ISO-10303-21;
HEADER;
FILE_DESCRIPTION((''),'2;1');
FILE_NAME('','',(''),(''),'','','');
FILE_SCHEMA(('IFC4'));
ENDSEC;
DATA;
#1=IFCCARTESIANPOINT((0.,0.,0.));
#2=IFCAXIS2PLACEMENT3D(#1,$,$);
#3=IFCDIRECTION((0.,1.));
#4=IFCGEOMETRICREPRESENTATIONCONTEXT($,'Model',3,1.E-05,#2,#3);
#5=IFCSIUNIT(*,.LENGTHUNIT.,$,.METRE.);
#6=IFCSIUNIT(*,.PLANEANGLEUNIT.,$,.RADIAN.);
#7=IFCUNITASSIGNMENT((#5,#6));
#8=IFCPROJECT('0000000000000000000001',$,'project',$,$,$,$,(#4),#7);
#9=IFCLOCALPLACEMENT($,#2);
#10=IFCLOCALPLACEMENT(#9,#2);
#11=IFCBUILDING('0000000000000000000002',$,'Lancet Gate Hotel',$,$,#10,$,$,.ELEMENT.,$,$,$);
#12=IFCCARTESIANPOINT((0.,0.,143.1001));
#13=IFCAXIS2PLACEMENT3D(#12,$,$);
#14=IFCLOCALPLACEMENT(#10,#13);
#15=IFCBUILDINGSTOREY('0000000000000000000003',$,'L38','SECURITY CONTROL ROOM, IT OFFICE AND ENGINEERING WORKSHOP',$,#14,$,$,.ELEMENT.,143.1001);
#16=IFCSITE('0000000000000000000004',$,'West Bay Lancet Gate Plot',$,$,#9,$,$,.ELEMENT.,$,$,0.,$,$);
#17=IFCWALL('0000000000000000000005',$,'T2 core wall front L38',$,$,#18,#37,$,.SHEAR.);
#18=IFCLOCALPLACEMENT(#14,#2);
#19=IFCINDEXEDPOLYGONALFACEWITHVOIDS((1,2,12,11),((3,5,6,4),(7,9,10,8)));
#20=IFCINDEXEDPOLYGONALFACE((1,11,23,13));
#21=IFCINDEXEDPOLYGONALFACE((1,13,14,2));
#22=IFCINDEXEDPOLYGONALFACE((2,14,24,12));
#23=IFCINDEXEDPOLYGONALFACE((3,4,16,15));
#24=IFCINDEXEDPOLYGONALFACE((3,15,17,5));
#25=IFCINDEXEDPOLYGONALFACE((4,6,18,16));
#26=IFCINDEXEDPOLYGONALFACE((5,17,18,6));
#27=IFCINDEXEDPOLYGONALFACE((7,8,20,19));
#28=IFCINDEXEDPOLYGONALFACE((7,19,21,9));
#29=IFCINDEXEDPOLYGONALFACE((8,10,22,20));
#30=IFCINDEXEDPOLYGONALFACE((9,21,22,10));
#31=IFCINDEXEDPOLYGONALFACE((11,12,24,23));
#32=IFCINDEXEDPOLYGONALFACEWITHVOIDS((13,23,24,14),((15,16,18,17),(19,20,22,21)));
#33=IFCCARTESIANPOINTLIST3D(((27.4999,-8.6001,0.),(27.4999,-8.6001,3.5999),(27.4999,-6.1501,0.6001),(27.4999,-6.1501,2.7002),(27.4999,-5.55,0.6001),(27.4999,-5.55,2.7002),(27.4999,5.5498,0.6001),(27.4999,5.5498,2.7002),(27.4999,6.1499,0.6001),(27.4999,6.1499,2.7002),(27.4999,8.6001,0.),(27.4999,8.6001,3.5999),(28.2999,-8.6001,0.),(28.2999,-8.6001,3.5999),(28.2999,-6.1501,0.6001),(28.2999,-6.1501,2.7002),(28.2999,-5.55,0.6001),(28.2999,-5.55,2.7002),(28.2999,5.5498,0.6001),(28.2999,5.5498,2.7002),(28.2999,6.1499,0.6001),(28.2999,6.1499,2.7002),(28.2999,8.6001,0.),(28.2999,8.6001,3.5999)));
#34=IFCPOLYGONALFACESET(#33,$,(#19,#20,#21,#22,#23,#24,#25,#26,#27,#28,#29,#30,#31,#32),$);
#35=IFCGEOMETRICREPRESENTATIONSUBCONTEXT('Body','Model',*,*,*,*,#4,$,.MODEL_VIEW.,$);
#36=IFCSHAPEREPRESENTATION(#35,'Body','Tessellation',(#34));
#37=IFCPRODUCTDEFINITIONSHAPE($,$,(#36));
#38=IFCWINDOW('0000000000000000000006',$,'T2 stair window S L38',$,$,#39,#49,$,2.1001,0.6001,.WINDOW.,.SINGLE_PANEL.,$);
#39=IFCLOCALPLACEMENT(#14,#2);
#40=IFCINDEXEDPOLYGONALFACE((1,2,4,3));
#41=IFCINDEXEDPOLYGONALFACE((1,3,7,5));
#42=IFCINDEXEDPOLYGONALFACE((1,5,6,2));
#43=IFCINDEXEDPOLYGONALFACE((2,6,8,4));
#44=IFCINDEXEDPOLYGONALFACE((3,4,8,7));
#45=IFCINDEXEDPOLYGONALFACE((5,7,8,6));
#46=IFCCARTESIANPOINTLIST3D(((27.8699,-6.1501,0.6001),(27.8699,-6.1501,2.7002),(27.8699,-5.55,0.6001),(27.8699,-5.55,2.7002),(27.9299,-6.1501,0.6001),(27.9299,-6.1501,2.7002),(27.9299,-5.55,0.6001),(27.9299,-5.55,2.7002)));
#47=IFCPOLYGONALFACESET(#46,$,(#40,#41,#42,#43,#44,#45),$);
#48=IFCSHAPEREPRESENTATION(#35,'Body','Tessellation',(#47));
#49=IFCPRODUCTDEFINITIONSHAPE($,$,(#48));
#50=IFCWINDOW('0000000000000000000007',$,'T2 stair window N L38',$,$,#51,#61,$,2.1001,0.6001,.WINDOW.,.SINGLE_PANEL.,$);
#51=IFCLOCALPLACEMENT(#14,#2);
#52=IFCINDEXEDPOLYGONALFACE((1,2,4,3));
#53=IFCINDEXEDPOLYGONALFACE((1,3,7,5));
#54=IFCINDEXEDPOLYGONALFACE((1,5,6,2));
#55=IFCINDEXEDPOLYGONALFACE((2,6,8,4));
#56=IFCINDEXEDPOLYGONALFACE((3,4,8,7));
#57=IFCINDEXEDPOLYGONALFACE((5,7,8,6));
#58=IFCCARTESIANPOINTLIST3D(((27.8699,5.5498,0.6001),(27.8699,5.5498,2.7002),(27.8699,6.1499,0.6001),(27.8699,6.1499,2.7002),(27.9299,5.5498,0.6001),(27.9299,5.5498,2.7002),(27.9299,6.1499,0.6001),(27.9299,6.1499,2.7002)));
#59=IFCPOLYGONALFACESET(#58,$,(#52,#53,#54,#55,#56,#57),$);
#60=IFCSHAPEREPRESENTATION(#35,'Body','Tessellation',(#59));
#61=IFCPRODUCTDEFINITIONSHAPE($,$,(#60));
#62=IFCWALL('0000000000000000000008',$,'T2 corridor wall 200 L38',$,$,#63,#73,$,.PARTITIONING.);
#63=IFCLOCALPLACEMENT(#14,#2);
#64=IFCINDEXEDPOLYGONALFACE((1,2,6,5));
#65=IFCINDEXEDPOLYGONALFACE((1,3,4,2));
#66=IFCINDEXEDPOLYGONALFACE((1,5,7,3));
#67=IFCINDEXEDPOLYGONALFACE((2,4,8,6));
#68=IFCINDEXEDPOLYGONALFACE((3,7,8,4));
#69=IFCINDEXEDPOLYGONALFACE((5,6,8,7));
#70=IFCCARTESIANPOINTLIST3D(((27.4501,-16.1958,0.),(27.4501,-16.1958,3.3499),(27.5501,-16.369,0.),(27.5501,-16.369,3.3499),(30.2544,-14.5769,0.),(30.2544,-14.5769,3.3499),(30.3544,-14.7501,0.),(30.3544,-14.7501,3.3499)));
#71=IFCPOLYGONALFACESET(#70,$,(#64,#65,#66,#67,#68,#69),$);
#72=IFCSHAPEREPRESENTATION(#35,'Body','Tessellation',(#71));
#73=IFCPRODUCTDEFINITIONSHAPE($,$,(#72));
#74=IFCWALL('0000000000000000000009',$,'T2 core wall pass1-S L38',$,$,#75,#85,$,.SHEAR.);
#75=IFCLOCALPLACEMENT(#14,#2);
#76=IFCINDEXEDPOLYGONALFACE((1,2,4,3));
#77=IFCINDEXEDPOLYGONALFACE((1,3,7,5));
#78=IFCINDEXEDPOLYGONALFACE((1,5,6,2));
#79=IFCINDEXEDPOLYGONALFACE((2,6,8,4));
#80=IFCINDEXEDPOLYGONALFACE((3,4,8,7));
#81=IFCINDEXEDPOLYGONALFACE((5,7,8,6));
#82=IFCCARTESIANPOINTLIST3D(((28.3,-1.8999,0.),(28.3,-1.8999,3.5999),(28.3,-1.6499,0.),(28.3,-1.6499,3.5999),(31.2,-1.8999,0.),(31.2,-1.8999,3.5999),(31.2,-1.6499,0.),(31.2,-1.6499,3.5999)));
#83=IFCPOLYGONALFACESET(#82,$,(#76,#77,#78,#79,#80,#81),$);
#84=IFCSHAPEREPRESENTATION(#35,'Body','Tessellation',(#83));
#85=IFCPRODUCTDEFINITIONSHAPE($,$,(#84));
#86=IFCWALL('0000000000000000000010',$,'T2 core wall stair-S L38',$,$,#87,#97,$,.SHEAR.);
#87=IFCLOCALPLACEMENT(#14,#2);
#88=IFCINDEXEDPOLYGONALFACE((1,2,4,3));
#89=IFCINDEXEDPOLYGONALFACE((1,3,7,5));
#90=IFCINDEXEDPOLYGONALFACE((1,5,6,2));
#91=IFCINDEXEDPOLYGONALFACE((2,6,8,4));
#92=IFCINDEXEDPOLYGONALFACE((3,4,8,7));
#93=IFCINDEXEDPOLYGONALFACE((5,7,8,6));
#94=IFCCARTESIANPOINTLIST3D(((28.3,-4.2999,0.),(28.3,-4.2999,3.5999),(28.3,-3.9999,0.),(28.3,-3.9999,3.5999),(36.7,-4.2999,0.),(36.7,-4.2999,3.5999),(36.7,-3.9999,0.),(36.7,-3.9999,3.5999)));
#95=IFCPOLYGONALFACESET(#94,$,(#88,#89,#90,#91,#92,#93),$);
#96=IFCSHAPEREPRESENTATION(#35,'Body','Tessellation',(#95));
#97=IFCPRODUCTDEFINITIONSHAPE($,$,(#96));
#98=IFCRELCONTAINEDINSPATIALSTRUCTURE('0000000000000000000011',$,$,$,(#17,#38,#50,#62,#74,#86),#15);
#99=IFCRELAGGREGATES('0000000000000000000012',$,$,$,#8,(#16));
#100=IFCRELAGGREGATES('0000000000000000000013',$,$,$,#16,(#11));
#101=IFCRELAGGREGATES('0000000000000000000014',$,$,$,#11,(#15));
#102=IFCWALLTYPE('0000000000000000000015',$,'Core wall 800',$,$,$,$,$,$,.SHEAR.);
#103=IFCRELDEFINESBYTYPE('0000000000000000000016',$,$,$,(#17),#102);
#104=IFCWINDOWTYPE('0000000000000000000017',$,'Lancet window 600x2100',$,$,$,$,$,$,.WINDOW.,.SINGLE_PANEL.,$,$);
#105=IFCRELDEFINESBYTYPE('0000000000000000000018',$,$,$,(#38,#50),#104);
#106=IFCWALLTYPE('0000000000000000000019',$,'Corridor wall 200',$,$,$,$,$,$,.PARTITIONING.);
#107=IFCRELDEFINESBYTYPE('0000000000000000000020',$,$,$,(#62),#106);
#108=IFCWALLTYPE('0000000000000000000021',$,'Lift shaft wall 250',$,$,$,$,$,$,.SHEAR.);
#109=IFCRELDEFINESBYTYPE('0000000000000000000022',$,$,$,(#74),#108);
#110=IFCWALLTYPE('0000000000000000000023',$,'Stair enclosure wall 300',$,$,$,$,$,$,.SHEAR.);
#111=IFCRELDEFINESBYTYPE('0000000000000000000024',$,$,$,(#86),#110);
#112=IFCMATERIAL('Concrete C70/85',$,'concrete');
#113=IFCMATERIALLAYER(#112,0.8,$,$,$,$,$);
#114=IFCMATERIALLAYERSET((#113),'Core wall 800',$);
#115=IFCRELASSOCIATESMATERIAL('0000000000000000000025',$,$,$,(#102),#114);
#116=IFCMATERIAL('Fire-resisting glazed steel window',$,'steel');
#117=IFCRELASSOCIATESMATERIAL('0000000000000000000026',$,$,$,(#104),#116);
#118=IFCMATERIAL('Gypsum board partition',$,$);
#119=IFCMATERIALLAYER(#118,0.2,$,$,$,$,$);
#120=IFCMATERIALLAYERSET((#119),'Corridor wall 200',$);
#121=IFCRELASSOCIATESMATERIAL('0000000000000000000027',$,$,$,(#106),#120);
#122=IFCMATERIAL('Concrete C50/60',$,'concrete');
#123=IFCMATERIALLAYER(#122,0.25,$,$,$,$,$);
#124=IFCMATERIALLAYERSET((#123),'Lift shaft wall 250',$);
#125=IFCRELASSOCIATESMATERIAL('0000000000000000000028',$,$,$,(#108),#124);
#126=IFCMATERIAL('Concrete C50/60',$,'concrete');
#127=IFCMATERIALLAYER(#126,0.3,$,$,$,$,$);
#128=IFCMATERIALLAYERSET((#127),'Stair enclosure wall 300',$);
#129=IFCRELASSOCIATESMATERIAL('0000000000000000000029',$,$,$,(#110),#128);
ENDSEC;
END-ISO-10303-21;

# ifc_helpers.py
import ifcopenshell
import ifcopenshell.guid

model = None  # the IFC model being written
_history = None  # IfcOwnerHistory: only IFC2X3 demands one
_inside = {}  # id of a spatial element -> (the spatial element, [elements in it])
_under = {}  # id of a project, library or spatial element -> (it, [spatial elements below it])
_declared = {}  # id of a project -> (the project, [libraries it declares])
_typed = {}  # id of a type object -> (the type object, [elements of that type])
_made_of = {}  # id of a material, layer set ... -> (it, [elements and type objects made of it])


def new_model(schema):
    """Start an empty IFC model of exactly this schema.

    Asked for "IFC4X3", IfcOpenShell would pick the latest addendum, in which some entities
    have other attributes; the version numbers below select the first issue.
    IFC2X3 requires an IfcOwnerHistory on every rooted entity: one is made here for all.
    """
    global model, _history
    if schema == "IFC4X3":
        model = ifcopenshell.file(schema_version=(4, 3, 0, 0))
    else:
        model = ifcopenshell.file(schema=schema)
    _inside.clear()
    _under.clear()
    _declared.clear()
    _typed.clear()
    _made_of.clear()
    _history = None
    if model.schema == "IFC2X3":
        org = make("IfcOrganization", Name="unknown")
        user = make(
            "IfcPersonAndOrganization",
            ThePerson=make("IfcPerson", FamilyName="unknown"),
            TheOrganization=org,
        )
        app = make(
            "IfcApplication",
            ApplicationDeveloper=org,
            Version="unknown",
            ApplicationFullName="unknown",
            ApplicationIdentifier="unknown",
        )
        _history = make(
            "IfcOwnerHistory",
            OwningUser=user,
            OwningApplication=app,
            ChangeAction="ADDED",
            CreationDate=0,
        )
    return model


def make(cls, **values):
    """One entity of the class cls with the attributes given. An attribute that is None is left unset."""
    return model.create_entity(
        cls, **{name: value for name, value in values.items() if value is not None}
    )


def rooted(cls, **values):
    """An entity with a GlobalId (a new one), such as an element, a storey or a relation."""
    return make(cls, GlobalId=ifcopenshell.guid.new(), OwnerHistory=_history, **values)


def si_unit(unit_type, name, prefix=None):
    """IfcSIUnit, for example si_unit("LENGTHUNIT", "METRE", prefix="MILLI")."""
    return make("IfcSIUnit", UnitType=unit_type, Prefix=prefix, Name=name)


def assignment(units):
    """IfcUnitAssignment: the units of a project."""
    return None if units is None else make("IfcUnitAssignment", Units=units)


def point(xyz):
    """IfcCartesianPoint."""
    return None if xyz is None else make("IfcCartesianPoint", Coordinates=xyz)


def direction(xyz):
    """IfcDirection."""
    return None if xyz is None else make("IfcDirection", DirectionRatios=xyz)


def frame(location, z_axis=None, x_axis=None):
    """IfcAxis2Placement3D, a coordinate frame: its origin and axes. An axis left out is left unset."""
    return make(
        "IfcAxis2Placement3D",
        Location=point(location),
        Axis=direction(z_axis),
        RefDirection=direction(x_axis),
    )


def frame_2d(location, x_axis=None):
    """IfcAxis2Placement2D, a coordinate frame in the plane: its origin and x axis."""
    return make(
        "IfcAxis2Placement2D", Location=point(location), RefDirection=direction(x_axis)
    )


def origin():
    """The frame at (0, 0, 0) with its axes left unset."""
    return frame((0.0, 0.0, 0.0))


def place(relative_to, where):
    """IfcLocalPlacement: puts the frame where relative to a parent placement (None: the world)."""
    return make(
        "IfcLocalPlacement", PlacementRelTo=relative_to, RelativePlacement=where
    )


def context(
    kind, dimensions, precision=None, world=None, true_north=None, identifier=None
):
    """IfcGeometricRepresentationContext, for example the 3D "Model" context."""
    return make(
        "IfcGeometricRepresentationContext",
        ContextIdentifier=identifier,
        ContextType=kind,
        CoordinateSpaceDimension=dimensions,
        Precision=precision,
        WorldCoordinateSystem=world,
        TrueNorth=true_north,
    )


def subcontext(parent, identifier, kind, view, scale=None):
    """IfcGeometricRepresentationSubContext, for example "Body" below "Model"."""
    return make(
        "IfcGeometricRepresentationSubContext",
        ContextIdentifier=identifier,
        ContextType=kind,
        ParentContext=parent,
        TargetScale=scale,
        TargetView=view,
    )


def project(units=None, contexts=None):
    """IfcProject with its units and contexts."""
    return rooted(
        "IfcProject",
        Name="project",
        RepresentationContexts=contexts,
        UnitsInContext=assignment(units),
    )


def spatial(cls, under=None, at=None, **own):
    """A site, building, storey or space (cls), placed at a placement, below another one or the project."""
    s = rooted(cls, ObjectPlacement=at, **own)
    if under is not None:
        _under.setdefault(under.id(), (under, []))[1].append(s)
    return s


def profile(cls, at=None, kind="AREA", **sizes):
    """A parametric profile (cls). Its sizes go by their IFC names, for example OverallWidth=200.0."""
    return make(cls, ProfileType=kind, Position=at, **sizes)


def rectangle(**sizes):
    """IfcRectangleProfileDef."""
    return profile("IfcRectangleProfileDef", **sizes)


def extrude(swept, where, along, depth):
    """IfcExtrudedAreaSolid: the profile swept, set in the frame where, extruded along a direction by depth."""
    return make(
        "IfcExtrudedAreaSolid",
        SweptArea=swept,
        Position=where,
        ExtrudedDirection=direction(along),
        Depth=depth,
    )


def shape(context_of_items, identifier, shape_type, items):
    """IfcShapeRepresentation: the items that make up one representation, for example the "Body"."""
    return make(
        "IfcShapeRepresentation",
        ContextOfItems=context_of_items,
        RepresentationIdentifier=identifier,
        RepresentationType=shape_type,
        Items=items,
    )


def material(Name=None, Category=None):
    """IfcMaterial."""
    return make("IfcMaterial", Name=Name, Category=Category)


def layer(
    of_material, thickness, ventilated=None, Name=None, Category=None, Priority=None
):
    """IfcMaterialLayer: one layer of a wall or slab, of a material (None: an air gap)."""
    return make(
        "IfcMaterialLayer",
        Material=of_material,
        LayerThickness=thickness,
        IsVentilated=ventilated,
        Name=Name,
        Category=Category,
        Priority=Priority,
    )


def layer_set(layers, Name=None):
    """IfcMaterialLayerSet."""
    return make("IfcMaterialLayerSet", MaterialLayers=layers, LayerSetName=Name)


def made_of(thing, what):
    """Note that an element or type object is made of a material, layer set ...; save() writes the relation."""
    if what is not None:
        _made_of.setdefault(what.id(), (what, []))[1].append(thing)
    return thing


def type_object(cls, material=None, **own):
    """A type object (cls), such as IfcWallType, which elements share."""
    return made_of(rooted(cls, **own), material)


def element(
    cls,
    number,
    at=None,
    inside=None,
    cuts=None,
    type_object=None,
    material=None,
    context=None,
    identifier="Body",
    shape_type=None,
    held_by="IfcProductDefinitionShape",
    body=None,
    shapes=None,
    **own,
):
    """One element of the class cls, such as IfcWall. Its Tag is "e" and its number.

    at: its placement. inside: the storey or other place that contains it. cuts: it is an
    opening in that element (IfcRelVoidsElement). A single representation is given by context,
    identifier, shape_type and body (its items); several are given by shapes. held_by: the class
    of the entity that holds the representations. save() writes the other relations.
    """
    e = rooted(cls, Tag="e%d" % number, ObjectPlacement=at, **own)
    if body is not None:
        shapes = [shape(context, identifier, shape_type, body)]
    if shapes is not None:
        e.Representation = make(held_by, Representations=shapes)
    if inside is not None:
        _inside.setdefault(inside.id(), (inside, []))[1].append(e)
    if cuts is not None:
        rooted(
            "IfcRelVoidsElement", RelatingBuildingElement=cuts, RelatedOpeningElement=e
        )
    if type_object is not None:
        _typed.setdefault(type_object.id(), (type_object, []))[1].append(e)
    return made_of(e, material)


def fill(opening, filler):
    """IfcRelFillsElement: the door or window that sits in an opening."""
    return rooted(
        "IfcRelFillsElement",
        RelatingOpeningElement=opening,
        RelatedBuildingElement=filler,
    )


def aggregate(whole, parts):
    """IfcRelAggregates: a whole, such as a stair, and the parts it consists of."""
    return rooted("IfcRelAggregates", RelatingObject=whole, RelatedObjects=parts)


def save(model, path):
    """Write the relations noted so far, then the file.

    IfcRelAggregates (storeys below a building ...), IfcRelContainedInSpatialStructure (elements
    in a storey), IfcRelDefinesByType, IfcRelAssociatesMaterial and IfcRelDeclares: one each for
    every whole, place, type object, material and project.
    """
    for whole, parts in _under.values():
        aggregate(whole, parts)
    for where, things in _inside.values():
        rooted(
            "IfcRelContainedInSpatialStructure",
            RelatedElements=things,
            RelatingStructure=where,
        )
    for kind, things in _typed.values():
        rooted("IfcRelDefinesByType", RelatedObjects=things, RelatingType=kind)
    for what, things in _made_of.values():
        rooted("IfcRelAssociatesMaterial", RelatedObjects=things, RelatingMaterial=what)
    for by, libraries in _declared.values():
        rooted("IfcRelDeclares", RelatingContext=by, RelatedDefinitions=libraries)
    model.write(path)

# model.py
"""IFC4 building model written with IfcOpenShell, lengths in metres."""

from ifc_helpers import new_model, si_unit, direction, frame, frame_2d, origin, place, context, subcontext, project, spatial, rectangle, extrude, material, layer, layer_set, type_object, element, fill, save


model = new_model("IFC4")

# Units and contexts
model_context = context("Model", 3, precision=1e-05, world=origin(), true_north=direction((0.0, 1.0)))
body_context = subcontext(model_context, "Body", "Model", "MODEL_VIEW")
ifc_project = project(units=[si_unit("LENGTHUNIT", "METRE"), si_unit("PLANEANGLEUNIT", "RADIAN")], contexts=[model_context])

# Site, building, storey
site_placement = place(None, origin())
site = spatial("IfcSite", under=ifc_project, at=site_placement, Name="West Bay Lancet Gate Plot", CompositionType="ELEMENT", RefElevation=0.0)
building_placement = place(site_placement, origin())
building = spatial("IfcBuilding", under=site, at=building_placement, Name="Lancet Gate Hotel", CompositionType="ELEMENT")
storey_placement = place(building_placement, frame((0.0, 0.0, 143.1001)))
storey = spatial("IfcBuildingStorey", under=building, at=storey_placement, Name="L38", Description="SECURITY CONTROL ROOM, IT OFFICE AND ENGINEERING WORKSHOP", CompositionType="ELEMENT", Elevation=143.1001)

# Wall, openings, windows
ifc_material_1 = material(Name="Concrete C70/85", Category="concrete")
ifc_layer_1 = layer(ifc_material_1, 0.8)
ifc_layer_set_1 = layer_set([ifc_layer_1], Name="Core wall 800")
wall_type_1 = type_object("IfcWallType", Name="Core wall 800", PredefinedType="SHEAR", material=ifc_layer_set_1)
wall_1_placement = place(storey_placement, frame((27.8999, -8.6001, 0.0), z_axis=(0.0, 0.0, 1.0), x_axis=(0.0, 1.0, 0.0)))
wall_1 = element("IfcWall", 1, at=wall_1_placement, inside=storey, type_object=wall_type_1, Name="T2 core wall front L38", PredefinedType="SHEAR", context=body_context, shape_type="SweptSolid", body=[
    extrude(rectangle(XDim=17.2002, YDim=0.8, at=frame_2d((8.6001, 0.0))), origin(), (0.0, 0.0, 1.0), 3.5999),
])
opening_1_placement = place(wall_1_placement, frame((2.45, 0.0, 0.6001)))
opening_1 = element("IfcOpeningElement", 2, at=opening_1_placement, cuts=wall_1, PredefinedType="OPENING", context=body_context, shape_type="SweptSolid", body=[
    extrude(rectangle(XDim=0.6001, YDim=2.1001, at=frame_2d((0.3, 1.05))), frame((0.0, 0.4099, 0.0), z_axis=(0.0, -1.0, 0.0), x_axis=(1.0, 0.0, 0.0)), (0.0, 0.0, 1.0), 0.8201),
])
opening_2_placement = place(wall_1_placement, frame((14.1499, 0.0, 0.6001)))
opening_2 = element("IfcOpeningElement", 3, at=opening_2_placement, cuts=wall_1, PredefinedType="OPENING", context=body_context, shape_type="SweptSolid", body=[
    extrude(rectangle(XDim=0.6001, YDim=2.1001, at=frame_2d((0.3, 1.05))), frame((0.0, 0.4099, 0.0), z_axis=(0.0, -1.0, 0.0), x_axis=(1.0, 0.0, 0.0)), (0.0, 0.0, 1.0), 0.8201),
])
ifc_material_2 = material(Name="Fire-resisting glazed steel window", Category="steel")
window_type = type_object("IfcWindowType", Name="Lancet window 600x2100", PartitioningType="SINGLE_PANEL", PredefinedType="WINDOW", material=ifc_material_2)
window_1_placement = place(opening_1_placement, origin())
window_1 = element("IfcWindow", 4, at=window_1_placement, inside=storey, type_object=window_type, Name="T2 stair window S L38", OverallHeight=2.1001, OverallWidth=0.6001, PartitioningType="SINGLE_PANEL", PredefinedType="WINDOW", context=body_context, shape_type="SweptSolid", body=[
    extrude(rectangle(XDim=0.6001, YDim=2.1001, at=frame_2d((0.3, 1.05))), frame((0.0, 0.03, 0.0), z_axis=(0.0, -1.0, 0.0), x_axis=(1.0, 0.0, 0.0)), (0.0, 0.0, 1.0), 0.0601),
])
fill(opening_1, window_1)
window_2_placement = place(opening_2_placement, origin())
window_2 = element("IfcWindow", 5, at=window_2_placement, inside=storey, type_object=window_type, Name="T2 stair window N L38", OverallHeight=2.1001, OverallWidth=0.6001, PartitioningType="SINGLE_PANEL", PredefinedType="WINDOW", context=body_context, shape_type="SweptSolid", body=[
    extrude(rectangle(XDim=0.6001, YDim=2.1001, at=frame_2d((0.3, 1.05))), frame((0.0, 0.03, 0.0), z_axis=(0.0, -1.0, 0.0), x_axis=(1.0, 0.0, 0.0)), (0.0, 0.0, 1.0), 0.0601),
])
fill(opening_2, window_2)

# Walls
ifc_material_3 = material(Name="Gypsum board partition")
ifc_layer_2 = layer(ifc_material_3, 0.2)
ifc_layer_set_2 = layer_set([ifc_layer_2], Name="Corridor wall 200")
wall_type_2 = type_object("IfcWallType", Name="Corridor wall 200", PredefinedType="PARTITIONING", material=ifc_layer_set_2)
wall_2_placement = place(storey_placement, frame((27.5, -16.2825, 0.0), z_axis=(0.0, 0.0, 1.0), x_axis=(0.86604, 0.499975, 0.0)))
element("IfcWall", 6, at=wall_2_placement, inside=storey, type_object=wall_type_2, Name="T2 corridor wall 200 L38", PredefinedType="PARTITIONING", context=body_context, shape_type="SweptSolid", body=[
    extrude(rectangle(XDim=3.238, YDim=0.2, at=frame_2d((1.6191, 0.0))), origin(), (0.0, 0.0, 1.0), 3.3499),
])
ifc_material_4 = material(Name="Concrete C50/60", Category="concrete")
ifc_layer_3 = layer(ifc_material_4, 0.25)
ifc_layer_set_3 = layer_set([ifc_layer_3], Name="Lift shaft wall 250")
wall_type_3 = type_object("IfcWallType", Name="Lift shaft wall 250", PredefinedType="SHEAR", material=ifc_layer_set_3)
wall_3_placement = place(storey_placement, frame((28.3, -1.7749, 0.0), z_axis=(0.0, 0.0, 1.0), x_axis=(1.0, 0.0, 0.0)))
element("IfcWall", 7, at=wall_3_placement, inside=storey, type_object=wall_type_3, Name="T2 core wall pass1-S L38", PredefinedType="SHEAR", context=body_context, shape_type="SweptSolid", body=[
    extrude(rectangle(XDim=2.8999, YDim=0.25, at=frame_2d((1.45, 0.0))), origin(), (0.0, 0.0, 1.0), 3.5999),
])
ifc_material_5 = material(Name="Concrete C50/60", Category="concrete")
ifc_layer_4 = layer(ifc_material_5, 0.3)
ifc_layer_set_4 = layer_set([ifc_layer_4], Name="Stair enclosure wall 300")
wall_type_4 = type_object("IfcWallType", Name="Stair enclosure wall 300", PredefinedType="SHEAR", material=ifc_layer_set_4)
wall_4_placement = place(storey_placement, frame((28.3, -4.1499, 0.0), z_axis=(0.0, 0.0, 1.0), x_axis=(1.0, 0.0, 0.0)))
element("IfcWall", 8, at=wall_4_placement, inside=storey, type_object=wall_type_4, Name="T2 core wall stair-S L38", PredefinedType="SHEAR", context=body_context, shape_type="SweptSolid", body=[
    extrude(rectangle(XDim=8.3999, YDim=0.3, at=frame_2d((4.2, 0.0))), origin(), (0.0, 0.0, 1.0), 3.5999),
])

save(model, "model.ifc")
